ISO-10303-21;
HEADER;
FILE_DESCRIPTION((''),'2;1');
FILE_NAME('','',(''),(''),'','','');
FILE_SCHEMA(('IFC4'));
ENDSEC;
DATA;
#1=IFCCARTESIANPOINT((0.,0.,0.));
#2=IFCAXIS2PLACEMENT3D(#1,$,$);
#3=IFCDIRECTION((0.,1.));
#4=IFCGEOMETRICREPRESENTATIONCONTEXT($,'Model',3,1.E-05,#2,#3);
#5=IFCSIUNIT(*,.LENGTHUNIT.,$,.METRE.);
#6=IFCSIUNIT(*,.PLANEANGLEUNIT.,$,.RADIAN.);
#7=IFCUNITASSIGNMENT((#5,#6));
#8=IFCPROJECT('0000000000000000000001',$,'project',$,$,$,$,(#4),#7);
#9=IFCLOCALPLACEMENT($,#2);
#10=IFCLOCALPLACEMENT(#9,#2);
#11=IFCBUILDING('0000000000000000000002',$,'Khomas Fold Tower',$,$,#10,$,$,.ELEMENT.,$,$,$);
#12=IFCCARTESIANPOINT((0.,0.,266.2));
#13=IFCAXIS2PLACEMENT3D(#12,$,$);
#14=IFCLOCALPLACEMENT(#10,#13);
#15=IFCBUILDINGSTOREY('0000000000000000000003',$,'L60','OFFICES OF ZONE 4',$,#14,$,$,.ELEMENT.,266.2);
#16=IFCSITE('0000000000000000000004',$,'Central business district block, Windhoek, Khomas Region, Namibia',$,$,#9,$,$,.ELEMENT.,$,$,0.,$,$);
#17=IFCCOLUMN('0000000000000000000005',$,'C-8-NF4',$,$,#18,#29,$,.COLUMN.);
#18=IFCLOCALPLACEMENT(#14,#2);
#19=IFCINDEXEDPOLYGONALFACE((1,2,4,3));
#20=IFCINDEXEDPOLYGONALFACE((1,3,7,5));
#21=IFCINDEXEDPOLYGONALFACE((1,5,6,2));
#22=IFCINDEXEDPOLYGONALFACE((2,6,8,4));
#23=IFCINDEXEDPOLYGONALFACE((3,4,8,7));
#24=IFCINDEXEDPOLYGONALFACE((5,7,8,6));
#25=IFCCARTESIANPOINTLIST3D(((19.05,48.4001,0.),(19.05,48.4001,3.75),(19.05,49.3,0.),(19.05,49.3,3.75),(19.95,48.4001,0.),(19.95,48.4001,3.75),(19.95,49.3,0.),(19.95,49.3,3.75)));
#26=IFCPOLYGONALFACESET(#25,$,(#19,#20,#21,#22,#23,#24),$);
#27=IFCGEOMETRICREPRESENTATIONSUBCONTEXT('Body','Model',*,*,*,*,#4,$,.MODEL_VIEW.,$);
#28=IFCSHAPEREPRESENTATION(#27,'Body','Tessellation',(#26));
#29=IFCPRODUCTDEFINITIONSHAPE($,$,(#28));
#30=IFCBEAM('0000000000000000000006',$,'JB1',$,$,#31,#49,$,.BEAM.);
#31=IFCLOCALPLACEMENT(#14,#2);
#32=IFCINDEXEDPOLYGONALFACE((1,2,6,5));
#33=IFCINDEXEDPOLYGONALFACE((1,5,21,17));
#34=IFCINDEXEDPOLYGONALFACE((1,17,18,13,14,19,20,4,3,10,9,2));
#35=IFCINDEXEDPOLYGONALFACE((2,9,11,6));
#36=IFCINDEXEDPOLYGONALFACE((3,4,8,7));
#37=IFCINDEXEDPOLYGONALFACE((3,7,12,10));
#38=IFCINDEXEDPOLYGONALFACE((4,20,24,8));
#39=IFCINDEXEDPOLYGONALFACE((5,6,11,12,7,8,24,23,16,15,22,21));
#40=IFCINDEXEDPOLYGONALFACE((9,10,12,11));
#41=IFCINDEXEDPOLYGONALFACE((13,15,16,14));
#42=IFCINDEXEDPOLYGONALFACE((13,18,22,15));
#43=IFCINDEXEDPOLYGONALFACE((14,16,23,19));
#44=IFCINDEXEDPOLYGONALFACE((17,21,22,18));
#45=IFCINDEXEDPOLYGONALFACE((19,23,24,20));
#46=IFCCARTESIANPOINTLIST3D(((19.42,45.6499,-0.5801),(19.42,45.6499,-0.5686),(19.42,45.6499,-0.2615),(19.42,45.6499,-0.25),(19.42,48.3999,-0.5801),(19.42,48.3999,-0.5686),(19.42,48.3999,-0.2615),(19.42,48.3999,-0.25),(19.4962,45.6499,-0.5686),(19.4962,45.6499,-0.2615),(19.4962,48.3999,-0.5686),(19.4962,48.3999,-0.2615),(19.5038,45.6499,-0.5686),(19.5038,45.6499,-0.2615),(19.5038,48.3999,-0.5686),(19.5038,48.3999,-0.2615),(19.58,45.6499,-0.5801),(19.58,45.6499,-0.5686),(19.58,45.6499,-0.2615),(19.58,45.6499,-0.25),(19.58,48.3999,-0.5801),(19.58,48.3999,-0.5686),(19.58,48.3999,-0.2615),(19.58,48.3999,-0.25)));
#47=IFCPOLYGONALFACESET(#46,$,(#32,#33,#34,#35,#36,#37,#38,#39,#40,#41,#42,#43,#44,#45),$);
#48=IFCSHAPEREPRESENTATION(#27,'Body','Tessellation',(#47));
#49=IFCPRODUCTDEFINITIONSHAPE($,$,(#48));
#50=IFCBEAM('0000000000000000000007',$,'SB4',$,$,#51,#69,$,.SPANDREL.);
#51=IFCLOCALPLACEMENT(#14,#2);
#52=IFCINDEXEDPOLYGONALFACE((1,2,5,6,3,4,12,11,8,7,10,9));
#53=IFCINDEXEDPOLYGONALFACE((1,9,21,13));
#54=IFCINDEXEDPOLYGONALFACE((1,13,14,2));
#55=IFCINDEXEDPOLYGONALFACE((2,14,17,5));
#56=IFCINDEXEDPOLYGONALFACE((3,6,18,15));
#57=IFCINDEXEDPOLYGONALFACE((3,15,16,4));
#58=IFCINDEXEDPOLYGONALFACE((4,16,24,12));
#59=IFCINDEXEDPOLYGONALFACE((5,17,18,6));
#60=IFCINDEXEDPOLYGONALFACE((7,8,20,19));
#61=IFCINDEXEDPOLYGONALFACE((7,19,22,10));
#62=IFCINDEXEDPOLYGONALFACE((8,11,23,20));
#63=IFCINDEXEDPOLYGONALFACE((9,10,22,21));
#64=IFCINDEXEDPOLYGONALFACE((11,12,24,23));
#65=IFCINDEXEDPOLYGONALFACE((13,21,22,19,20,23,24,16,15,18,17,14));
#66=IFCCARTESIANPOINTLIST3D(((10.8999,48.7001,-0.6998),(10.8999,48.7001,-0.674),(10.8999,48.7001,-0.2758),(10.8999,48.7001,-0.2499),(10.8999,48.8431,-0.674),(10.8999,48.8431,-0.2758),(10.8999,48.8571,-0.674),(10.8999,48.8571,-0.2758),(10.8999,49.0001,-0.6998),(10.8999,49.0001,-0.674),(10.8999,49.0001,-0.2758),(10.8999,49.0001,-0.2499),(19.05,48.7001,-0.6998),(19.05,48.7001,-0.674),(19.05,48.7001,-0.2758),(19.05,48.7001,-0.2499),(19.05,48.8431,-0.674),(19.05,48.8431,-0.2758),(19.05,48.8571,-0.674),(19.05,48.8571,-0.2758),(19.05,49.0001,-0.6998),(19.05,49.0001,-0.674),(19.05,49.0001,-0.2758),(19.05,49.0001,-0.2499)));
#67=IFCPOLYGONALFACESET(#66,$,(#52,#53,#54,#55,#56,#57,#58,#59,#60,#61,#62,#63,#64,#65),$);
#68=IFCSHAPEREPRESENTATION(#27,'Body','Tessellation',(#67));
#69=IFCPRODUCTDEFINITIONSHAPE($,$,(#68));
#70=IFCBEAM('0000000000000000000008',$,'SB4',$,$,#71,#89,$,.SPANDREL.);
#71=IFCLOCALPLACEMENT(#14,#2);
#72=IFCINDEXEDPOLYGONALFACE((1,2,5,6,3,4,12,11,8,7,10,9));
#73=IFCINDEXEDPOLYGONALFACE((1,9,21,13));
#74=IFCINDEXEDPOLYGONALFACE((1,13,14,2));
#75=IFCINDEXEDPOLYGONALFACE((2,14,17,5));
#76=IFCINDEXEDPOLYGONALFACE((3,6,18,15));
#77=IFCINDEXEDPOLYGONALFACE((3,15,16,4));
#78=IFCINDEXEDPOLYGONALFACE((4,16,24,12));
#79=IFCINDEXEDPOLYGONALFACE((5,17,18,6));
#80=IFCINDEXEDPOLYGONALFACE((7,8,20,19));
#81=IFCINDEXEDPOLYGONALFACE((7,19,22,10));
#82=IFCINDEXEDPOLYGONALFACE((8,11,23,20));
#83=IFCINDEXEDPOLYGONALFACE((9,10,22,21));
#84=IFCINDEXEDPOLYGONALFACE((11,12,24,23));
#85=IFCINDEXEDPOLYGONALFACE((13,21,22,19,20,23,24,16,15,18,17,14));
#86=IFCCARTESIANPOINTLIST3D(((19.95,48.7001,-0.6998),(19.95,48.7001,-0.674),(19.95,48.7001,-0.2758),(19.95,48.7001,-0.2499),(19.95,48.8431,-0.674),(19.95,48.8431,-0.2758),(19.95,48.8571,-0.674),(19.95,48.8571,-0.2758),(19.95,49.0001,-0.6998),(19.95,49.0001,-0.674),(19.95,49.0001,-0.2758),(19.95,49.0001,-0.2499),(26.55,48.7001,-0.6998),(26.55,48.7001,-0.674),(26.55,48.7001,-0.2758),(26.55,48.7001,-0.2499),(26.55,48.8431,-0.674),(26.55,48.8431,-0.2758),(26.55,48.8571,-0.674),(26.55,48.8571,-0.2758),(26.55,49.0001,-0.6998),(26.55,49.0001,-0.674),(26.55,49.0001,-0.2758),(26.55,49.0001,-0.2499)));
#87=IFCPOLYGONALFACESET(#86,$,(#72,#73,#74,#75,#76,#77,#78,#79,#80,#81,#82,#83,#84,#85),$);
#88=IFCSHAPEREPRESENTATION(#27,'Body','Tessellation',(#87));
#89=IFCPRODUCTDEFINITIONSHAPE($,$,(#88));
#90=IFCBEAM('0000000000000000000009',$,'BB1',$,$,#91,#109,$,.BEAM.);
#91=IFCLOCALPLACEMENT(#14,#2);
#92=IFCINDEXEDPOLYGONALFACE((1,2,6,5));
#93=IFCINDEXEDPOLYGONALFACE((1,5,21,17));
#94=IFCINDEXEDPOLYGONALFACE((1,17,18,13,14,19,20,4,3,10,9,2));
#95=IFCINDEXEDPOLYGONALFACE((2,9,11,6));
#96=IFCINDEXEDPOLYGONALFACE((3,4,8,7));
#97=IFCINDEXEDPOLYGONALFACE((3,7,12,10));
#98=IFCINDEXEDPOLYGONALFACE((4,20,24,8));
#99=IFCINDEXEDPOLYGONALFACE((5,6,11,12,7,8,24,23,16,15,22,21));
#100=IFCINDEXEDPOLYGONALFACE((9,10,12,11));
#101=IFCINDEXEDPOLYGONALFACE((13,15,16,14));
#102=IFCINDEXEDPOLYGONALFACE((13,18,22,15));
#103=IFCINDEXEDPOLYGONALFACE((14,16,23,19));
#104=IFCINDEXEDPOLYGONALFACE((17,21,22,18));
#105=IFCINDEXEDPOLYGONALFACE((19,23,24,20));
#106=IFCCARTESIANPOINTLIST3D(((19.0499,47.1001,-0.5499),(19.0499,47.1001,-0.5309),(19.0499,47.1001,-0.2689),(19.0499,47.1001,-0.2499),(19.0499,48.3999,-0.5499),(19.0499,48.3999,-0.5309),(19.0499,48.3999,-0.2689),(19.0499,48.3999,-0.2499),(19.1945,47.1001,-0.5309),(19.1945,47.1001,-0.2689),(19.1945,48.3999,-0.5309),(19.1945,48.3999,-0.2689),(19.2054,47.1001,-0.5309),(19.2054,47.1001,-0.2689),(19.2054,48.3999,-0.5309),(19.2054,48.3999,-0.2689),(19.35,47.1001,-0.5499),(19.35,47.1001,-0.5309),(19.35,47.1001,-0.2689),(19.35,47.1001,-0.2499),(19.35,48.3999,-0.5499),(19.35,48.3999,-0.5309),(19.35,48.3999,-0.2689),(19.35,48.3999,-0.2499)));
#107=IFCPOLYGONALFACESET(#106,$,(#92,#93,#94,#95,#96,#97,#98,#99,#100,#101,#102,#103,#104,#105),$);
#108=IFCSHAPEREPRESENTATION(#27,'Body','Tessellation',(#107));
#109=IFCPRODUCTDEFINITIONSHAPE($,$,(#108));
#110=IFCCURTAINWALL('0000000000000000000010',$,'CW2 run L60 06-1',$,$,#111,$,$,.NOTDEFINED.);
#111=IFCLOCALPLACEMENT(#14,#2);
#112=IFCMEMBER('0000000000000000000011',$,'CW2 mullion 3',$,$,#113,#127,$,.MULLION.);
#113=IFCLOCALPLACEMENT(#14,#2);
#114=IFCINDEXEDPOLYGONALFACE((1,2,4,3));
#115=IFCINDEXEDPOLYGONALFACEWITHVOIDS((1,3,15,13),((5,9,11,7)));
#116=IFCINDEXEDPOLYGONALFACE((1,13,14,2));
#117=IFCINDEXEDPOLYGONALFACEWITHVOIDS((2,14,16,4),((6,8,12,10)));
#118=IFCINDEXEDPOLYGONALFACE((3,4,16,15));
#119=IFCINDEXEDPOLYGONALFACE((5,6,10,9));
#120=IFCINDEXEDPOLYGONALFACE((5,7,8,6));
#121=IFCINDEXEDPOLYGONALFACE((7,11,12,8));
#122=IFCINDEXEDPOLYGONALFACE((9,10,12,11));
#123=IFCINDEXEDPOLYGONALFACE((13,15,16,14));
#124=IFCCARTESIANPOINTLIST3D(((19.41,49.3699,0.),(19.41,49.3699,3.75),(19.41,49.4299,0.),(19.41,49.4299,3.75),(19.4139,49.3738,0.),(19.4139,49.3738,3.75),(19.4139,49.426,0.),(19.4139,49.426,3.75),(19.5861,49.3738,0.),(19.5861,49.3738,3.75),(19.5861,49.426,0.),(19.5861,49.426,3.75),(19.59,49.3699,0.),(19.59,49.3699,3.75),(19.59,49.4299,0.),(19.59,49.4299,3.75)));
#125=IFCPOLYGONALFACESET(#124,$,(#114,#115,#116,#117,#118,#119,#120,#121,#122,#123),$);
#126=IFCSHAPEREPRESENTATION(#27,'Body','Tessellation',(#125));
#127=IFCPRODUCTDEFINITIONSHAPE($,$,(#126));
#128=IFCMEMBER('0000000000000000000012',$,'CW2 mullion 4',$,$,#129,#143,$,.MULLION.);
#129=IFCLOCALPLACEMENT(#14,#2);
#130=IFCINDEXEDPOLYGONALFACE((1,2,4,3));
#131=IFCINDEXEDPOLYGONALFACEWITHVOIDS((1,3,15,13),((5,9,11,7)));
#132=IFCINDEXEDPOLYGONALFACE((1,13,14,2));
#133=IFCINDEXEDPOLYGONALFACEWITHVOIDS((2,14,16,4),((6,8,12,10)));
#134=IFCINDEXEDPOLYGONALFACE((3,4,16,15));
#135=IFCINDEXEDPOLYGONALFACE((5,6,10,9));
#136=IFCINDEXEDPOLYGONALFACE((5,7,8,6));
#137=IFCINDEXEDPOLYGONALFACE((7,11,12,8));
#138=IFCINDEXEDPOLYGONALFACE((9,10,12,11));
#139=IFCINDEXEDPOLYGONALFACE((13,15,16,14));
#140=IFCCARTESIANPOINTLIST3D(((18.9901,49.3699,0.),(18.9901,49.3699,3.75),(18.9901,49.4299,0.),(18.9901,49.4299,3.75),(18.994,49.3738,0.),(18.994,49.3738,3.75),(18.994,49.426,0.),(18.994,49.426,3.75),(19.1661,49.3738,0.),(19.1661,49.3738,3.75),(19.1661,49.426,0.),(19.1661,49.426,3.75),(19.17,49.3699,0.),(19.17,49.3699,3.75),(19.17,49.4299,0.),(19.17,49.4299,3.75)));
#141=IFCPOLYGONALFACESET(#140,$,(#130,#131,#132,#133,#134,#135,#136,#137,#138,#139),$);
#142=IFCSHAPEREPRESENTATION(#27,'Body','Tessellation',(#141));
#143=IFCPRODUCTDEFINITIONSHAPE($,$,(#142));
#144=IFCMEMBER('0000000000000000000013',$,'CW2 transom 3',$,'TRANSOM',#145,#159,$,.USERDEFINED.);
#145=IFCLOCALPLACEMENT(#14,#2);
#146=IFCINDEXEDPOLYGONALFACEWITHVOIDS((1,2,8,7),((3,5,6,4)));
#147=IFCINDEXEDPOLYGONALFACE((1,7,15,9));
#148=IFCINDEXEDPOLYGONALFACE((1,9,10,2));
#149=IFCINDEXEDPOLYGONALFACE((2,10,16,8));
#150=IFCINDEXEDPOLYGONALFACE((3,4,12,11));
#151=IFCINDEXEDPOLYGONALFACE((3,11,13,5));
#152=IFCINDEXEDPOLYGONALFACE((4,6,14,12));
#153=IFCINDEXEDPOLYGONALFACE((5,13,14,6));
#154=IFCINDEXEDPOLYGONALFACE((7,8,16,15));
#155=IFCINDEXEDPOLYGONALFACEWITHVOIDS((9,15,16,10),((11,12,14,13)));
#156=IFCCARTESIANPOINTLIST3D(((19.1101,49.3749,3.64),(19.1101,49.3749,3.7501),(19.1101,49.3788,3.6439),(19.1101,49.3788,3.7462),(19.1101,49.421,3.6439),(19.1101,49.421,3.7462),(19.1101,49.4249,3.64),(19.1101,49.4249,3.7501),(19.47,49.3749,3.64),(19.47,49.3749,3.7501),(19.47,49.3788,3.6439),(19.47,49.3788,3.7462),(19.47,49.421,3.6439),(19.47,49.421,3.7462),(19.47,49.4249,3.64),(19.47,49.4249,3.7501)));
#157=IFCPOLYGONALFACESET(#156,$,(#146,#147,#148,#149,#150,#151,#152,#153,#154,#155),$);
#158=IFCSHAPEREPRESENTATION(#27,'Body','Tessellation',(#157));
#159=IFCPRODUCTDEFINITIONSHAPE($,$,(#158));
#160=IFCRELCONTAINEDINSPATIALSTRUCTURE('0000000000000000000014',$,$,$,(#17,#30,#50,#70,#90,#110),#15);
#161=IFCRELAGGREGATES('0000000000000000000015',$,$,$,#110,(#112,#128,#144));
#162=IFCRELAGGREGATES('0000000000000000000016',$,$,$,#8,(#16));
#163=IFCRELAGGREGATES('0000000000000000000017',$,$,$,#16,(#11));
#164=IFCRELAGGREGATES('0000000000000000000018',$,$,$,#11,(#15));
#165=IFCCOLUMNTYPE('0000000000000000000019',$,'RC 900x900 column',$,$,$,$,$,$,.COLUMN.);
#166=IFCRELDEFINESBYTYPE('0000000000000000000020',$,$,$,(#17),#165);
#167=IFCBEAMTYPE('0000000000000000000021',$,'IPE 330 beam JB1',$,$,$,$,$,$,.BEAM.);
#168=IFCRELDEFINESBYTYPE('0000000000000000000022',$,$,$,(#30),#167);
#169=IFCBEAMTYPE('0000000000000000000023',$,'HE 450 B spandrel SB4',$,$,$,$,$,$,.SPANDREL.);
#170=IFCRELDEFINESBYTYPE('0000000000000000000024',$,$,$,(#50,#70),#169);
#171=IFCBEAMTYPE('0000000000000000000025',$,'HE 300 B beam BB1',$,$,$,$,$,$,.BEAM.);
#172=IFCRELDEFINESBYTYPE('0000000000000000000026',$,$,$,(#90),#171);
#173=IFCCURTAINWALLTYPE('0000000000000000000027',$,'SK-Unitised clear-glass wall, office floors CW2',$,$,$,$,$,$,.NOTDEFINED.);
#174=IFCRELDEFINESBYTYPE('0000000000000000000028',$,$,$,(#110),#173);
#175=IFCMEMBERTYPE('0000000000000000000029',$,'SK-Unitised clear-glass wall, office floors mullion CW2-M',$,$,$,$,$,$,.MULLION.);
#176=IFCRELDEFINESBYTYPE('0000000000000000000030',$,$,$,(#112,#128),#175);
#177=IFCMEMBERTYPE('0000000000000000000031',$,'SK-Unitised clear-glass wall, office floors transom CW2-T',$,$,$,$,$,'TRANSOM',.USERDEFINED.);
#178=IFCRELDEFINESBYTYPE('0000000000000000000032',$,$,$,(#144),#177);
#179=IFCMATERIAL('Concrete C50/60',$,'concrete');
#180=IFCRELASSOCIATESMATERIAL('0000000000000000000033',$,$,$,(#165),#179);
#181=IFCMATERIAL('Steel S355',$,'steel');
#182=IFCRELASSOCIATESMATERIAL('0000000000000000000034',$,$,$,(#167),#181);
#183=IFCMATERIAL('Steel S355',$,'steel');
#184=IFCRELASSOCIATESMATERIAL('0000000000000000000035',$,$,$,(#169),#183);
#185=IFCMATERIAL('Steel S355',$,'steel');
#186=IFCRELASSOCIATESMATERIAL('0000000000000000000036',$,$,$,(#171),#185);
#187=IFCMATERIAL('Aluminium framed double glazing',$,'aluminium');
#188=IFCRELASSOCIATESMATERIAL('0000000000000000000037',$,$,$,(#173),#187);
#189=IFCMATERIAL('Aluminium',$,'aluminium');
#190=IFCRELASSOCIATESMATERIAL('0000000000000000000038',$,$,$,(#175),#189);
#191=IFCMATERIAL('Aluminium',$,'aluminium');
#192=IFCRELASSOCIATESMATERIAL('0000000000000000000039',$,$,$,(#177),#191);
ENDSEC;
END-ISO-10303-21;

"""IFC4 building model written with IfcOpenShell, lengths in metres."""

from ifc_helpers import new_model, si_unit, direction, frame, origin, origin_2d, place, context, subcontext, project, spatial, rectangle, hollow_rectangle, i_section, extrude, source, transform, mapped, material, material_profile, profile_set, type_object, element, aggregate, save


model = new_model("IFC4")

# Units and contexts
model_context = context("Model", 3, precision=1e-05, world=origin(), true_north=direction((0.0, 1.0)))
body_context = subcontext(model_context, "Body", "Model", "MODEL_VIEW")
ifc_project = project(units=[si_unit("LENGTHUNIT", "METRE"), si_unit("PLANEANGLEUNIT", "RADIAN")], contexts=[model_context])

# Site, building, storey
site_placement = place(None, origin())
site = spatial("IfcSite", under=ifc_project, at=site_placement, Name="Central business district block, Windhoek, Khomas Region, Namibia", CompositionType="ELEMENT", RefElevation=0.0)
building_placement = place(site_placement, origin())
building = spatial("IfcBuilding", under=site, at=building_placement, Name="Khomas Fold Tower", CompositionType="ELEMENT")
storey_placement = place(building_placement, frame((0.0, 0.0, 266.2)))
storey = spatial("IfcBuildingStorey", under=building, at=storey_placement, Name="L60", Description="OFFICES OF ZONE 4", CompositionType="ELEMENT", Elevation=266.2)

# Column
ifc_material_1 = material(Name="Concrete C50/60", Category="concrete")
ifc_material_profile_1 = material_profile(ifc_material_1, rectangle(XDim=0.8999, YDim=0.8999, at=origin_2d()), Name="RC 900x900")
ifc_profile_set_1 = profile_set([ifc_material_profile_1], Name="Concrete C50/60")
column_type = type_object("IfcColumnType", Name="RC 900x900 column", PredefinedType="COLUMN", material=ifc_profile_set_1)
shared_shape_1 = source(origin(), body_context, "Body", "SweptSolid", [
    extrude(rectangle(XDim=0.8999, YDim=0.8999, at=origin_2d()), origin(), (0.0, 0.0, 1.0), 3.75),
])
column_placement = place(storey_placement, frame((19.5, 48.8501, 0.0), z_axis=(0.0, 0.0, 1.0), x_axis=(1.0, 0.0, 0.0)))
element("IfcColumn", 1, at=column_placement, inside=storey, type_object=column_type, Name="C-8-NF4", PredefinedType="COLUMN", context=body_context, shape_type="MappedRepresentation", body=[
    mapped(shared_shape_1, transform((0.0, 0.0, 0.0))),
])

# Beams
ifc_material_2 = material(Name="Steel S355", Category="steel")
ifc_material_profile_2 = material_profile(ifc_material_2, i_section(OverallWidth=0.1599, OverallDepth=0.3301, WebThickness=0.0076, FlangeThickness=0.0115, at=origin_2d()), Name="IPE 330")
ifc_profile_set_2 = profile_set([ifc_material_profile_2], Name="Steel S355")
beam_type_1 = type_object("IfcBeamType", Name="IPE 330 beam JB1", PredefinedType="BEAM", material=ifc_profile_set_2)
shared_shape_2 = source(origin(), body_context, "Body", "SweptSolid", [
    extrude(i_section(OverallWidth=0.1599, OverallDepth=0.3301, WebThickness=0.0076, FlangeThickness=0.0115, at=origin_2d()), origin(), (0.0, 0.0, 1.0), 2.75),
])
beam_1_placement = place(storey_placement, frame((19.5, 45.6499, -0.415), z_axis=(0.0, 1.0, 0.0), x_axis=(-1.0, 0.0, 0.0)))
element("IfcBeam", 2, at=beam_1_placement, inside=storey, type_object=beam_type_1, Name="JB1", PredefinedType="BEAM", context=body_context, shape_type="MappedRepresentation", body=[
    mapped(shared_shape_2, transform((0.0, 0.0, 0.0))),
])
ifc_material_3 = material(Name="Steel S355", Category="steel")
ifc_material_profile_3 = material_profile(ifc_material_3, i_section(OverallWidth=0.3, OverallDepth=0.45, WebThickness=0.0139, FlangeThickness=0.0259, at=origin_2d()), Name="HE 450 B")
ifc_profile_set_3 = profile_set([ifc_material_profile_3], Name="Steel S355")
beam_type_2 = type_object("IfcBeamType", Name="HE 450 B spandrel SB4", PredefinedType="SPANDREL", material=ifc_profile_set_3)
shared_shape_3 = source(origin(), body_context, "Body", "SweptSolid", [
    extrude(i_section(OverallWidth=0.3, OverallDepth=0.45, WebThickness=0.0139, FlangeThickness=0.0259, at=origin_2d()), origin(), (0.0, 0.0, 1.0), 8.1501),
])
beam_2_placement = place(storey_placement, frame((10.8999, 48.8501, -0.4749), z_axis=(1.0, 0.0, 0.0), x_axis=(0.0, 1.0, 0.0)))
element("IfcBeam", 3, at=beam_2_placement, inside=storey, type_object=beam_type_2, Name="SB4", PredefinedType="SPANDREL", context=body_context, shape_type="MappedRepresentation", body=[
    mapped(shared_shape_3, transform((0.0, 0.0, 0.0))),
])
shared_shape_4 = source(origin(), body_context, "Body", "SweptSolid", [
    extrude(i_section(OverallWidth=0.3, OverallDepth=0.45, WebThickness=0.0139, FlangeThickness=0.0259, at=origin_2d()), origin(), (0.0, 0.0, 1.0), 6.6001),
])
beam_3_placement = place(storey_placement, frame((19.95, 48.8501, -0.4749), z_axis=(1.0, 0.0, 0.0), x_axis=(0.0, 1.0, 0.0)))
element("IfcBeam", 4, at=beam_3_placement, inside=storey, type_object=beam_type_2, Name="SB4", PredefinedType="SPANDREL", context=body_context, shape_type="MappedRepresentation", body=[
    mapped(shared_shape_4, transform((0.0, 0.0, 0.0))),
])
ifc_material_4 = material(Name="Steel S355", Category="steel")
ifc_material_profile_4 = material_profile(ifc_material_4, i_section(OverallWidth=0.3, OverallDepth=0.3, WebThickness=0.011, FlangeThickness=0.019, at=origin_2d()), Name="HE 300 B")
ifc_profile_set_4 = profile_set([ifc_material_profile_4], Name="Steel S355")
beam_type_3 = type_object("IfcBeamType", Name="HE 300 B beam BB1", PredefinedType="BEAM", material=ifc_profile_set_4)
shared_shape_5 = source(origin(), body_context, "Body", "SweptSolid", [
    extrude(i_section(OverallWidth=0.3, OverallDepth=0.3, WebThickness=0.011, FlangeThickness=0.019, at=origin_2d()), origin(), (0.0, 0.0, 1.0), 1.2998),
])
beam_4_placement = place(storey_placement, frame((19.2, 47.1001, -0.3999), z_axis=(0.0, 1.0, 0.0), x_axis=(-1.0, 0.0, 0.0)))
element("IfcBeam", 5, at=beam_4_placement, inside=storey, type_object=beam_type_3, Name="BB1", PredefinedType="BEAM", context=body_context, shape_type="MappedRepresentation", body=[
    mapped(shared_shape_5, transform((0.0, 0.0, 0.0))),
])

# Curtain wall, members
ifc_material_5 = material(Name="Aluminium framed double glazing", Category="aluminium")
curtain_wall_type = type_object("IfcCurtainWallType", Name="SK-Unitised clear-glass wall, office floors CW2", PredefinedType="NOTDEFINED", material=ifc_material_5)
curtain_wall_placement = place(storey_placement, origin())
curtain_wall = element("IfcCurtainWall", 6, at=curtain_wall_placement, inside=storey, type_object=curtain_wall_type, Name="CW2 run L60 06-1", PredefinedType="NOTDEFINED")
ifc_material_6 = material(Name="Aluminium", Category="aluminium")
ifc_material_profile_5 = material_profile(ifc_material_6, hollow_rectangle(XDim=0.0601, YDim=0.1799, WallThickness=0.0039, at=origin_2d()), Name="SK-Unitised clear-glass wall, office floors mullion CW2-M")
ifc_profile_set_5 = profile_set([ifc_material_profile_5], Name="Aluminium")
member_type_1 = type_object("IfcMemberType", Name="SK-Unitised clear-glass wall, office floors mullion CW2-M", PredefinedType="MULLION", material=ifc_profile_set_5)
shared_shape_6 = source(origin(), body_context, "Body", "SweptSolid", [
    extrude(hollow_rectangle(XDim=0.0601, YDim=0.1799, WallThickness=0.0039, at=origin_2d()), origin(), (0.0, 0.0, 1.0), 3.75),
])
member_1_placement = place(storey_placement, frame((19.5, 49.3999, 0.0), z_axis=(0.0, 0.0, 1.0), x_axis=(0.0, -1.0, 0.0)))
member_1 = element("IfcMember", 7, at=member_1_placement, type_object=member_type_1, Name="CW2 mullion 3", PredefinedType="MULLION", context=body_context, shape_type="MappedRepresentation", body=[
    mapped(shared_shape_6, transform((0.0, 0.0, 0.0))),
])
member_2_placement = place(storey_placement, frame((19.0801, 49.3999, 0.0), z_axis=(0.0, 0.0, 1.0), x_axis=(0.0, -1.0, 0.0)))
member_2 = element("IfcMember", 8, at=member_2_placement, type_object=member_type_1, Name="CW2 mullion 4", PredefinedType="MULLION", context=body_context, shape_type="MappedRepresentation", body=[
    mapped(shared_shape_6, transform((0.0, 0.0, 0.0))),
])
ifc_material_7 = material(Name="Aluminium", Category="aluminium")
ifc_material_profile_6 = material_profile(ifc_material_7, hollow_rectangle(XDim=0.05, YDim=0.1101, WallThickness=0.0039, at=origin_2d()), Name="SK-Unitised clear-glass wall, office floors transom CW2-T")
ifc_profile_set_6 = profile_set([ifc_material_profile_6], Name="Aluminium")
member_type_2 = type_object("IfcMemberType", Name="SK-Unitised clear-glass wall, office floors transom CW2-T", ElementType="TRANSOM", PredefinedType="USERDEFINED", material=ifc_profile_set_6)
shared_shape_7 = source(origin(), body_context, "Body", "SweptSolid", [
    extrude(hollow_rectangle(XDim=0.05, YDim=0.1101, WallThickness=0.0039, at=origin_2d()), origin(), (0.0, 0.0, 1.0), 0.3599),
])
member_3_placement = place(storey_placement, frame((19.47, 49.3999, 3.6951), z_axis=(-1.0, 0.0, 0.0), x_axis=(0.0, -1.0, 0.0)))
member_3 = element("IfcMember", 9, at=member_3_placement, type_object=member_type_2, Name="CW2 transom 3", ObjectType="TRANSOM", PredefinedType="USERDEFINED", context=body_context, shape_type="MappedRepresentation", body=[
    mapped(shared_shape_7, transform((0.0, 0.0, 0.0))),
])

aggregate(curtain_wall, [member_1, member_2, member_3])

save(model, "model.ifc")
